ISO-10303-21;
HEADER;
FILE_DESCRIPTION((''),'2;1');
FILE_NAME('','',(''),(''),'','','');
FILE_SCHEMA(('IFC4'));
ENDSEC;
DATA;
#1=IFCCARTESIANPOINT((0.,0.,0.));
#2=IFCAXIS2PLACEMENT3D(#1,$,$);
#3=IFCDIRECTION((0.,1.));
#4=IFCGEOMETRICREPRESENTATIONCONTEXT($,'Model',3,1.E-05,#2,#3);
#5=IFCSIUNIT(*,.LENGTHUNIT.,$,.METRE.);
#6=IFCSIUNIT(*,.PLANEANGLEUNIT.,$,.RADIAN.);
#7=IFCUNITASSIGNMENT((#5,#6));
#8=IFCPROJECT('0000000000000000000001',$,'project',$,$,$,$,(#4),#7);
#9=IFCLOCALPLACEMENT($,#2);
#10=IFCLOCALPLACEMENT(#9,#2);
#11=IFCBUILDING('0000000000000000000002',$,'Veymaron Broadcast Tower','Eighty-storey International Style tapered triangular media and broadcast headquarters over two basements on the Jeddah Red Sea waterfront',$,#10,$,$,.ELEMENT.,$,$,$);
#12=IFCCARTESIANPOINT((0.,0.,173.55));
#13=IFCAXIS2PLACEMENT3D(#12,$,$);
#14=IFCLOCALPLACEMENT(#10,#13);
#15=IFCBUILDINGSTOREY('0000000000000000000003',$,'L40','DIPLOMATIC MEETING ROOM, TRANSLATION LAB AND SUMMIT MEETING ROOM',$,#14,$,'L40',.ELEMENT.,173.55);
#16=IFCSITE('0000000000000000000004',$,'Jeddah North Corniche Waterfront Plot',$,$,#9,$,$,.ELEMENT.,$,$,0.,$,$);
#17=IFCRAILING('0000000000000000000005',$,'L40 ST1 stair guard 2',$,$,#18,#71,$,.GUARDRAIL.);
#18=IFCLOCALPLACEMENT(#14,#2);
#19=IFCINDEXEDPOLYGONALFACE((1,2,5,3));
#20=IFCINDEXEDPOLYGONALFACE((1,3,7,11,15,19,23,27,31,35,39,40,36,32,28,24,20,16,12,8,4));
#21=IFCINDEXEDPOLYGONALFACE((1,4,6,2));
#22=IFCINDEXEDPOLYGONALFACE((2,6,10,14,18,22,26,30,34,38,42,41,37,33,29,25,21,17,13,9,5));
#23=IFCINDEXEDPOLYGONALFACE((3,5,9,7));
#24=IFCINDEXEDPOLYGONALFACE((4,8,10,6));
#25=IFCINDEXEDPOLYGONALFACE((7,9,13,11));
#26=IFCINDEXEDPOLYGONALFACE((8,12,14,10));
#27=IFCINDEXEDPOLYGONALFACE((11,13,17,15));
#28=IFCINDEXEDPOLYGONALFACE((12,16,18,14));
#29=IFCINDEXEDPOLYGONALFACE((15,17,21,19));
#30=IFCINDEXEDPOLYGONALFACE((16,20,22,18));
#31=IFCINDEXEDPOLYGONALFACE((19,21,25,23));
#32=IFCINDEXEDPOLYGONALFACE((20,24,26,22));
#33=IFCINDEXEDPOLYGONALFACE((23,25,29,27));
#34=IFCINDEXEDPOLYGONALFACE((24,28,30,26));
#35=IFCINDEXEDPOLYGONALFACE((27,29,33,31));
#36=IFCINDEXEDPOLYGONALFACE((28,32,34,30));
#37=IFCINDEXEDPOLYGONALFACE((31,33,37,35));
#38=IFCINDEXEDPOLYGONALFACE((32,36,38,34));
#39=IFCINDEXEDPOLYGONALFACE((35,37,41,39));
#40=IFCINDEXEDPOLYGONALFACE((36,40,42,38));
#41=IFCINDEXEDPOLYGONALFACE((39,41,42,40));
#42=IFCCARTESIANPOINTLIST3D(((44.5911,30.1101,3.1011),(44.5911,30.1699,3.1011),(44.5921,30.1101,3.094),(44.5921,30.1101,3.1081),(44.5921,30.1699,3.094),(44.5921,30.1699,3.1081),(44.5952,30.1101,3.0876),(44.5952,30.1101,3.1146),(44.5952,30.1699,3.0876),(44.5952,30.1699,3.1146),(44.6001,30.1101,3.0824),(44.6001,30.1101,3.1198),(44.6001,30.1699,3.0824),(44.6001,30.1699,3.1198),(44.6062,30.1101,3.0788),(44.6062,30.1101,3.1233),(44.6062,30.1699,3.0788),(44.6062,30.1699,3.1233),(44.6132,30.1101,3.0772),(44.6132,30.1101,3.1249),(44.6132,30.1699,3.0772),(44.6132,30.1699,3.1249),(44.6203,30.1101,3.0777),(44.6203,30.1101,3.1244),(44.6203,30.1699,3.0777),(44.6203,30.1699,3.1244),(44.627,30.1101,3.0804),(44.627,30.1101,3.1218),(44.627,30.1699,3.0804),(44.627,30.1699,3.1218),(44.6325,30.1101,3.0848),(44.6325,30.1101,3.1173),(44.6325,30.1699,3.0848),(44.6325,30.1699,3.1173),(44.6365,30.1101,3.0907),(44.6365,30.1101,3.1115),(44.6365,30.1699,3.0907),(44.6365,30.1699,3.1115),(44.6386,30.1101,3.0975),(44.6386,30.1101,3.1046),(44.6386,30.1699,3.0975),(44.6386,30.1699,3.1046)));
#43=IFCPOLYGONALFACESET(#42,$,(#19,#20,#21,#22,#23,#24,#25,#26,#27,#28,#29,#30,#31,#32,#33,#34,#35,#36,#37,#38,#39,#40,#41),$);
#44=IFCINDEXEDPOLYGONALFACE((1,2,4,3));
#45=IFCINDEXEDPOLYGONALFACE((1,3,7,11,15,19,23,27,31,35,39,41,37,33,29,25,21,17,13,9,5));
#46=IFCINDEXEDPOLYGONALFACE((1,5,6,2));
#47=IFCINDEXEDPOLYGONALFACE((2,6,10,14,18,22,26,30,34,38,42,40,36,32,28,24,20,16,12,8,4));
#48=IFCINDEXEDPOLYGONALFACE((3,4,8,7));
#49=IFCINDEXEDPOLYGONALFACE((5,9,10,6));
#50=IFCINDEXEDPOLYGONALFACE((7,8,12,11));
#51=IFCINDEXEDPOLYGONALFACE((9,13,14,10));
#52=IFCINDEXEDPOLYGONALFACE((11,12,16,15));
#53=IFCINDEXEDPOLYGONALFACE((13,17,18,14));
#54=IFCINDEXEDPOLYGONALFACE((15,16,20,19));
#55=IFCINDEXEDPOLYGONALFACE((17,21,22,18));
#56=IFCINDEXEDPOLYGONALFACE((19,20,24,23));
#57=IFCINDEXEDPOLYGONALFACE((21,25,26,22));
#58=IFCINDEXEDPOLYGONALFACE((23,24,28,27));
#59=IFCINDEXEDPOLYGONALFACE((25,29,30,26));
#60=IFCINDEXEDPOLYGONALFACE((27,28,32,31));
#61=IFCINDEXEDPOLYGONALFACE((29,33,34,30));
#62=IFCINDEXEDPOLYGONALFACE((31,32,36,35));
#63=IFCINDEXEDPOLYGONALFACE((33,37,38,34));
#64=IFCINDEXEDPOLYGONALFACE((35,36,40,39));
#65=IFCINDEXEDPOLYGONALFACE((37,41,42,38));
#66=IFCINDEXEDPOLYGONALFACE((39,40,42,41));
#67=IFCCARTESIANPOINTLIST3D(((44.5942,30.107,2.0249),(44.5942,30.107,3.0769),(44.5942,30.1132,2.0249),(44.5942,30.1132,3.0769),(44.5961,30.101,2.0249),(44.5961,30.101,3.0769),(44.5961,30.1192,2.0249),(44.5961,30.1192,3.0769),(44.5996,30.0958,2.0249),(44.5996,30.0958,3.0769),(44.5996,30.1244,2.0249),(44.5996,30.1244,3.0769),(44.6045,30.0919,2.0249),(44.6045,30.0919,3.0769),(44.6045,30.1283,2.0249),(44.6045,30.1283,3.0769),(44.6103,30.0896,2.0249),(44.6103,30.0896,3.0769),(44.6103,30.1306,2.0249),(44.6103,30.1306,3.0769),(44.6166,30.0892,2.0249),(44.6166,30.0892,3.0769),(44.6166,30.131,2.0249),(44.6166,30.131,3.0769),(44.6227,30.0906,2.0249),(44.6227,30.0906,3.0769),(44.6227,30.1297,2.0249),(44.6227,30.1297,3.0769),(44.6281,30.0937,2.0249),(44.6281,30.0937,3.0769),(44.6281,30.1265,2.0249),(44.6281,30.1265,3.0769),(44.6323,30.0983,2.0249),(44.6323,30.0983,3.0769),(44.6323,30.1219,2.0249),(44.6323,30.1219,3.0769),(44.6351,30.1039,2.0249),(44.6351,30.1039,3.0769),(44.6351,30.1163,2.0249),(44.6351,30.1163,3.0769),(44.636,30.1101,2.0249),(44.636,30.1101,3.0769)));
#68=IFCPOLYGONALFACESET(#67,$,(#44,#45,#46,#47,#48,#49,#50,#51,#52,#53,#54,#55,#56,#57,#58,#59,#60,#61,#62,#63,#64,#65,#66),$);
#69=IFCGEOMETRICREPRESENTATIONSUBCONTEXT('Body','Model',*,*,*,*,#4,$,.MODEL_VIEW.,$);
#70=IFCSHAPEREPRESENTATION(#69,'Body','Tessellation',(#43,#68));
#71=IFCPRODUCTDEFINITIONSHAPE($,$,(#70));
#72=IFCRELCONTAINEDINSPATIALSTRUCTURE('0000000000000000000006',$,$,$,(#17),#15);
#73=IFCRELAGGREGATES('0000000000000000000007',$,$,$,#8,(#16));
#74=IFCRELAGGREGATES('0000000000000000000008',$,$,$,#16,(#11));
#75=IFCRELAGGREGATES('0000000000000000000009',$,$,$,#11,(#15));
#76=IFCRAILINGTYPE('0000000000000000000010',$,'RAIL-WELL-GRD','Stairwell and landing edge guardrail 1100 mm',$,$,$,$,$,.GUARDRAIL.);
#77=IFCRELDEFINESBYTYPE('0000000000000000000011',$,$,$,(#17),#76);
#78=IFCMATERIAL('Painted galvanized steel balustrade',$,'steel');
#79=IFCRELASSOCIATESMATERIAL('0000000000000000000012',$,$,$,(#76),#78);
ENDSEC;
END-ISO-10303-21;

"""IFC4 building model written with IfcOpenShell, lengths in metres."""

from ifc_helpers import new_model, si_unit, direction, frame, origin, origin_2d, place, context, subcontext, project, spatial, circle, extrude, material, type_object, element, save


model = new_model("IFC4")

# Units and contexts
model_context = context("Model", 3, precision=1e-05, world=origin(), true_north=direction((0.0, 1.0)))
body_context = subcontext(model_context, "Body", "Model", "MODEL_VIEW")
ifc_project = project(units=[si_unit("LENGTHUNIT", "METRE"), si_unit("PLANEANGLEUNIT", "RADIAN")], contexts=[model_context])

# Site, building, storey
site_placement = place(None, origin())
site = spatial("IfcSite", under=ifc_project, at=site_placement, Name="Jeddah North Corniche Waterfront Plot", CompositionType="ELEMENT", RefElevation=0.0)
building_placement = place(site_placement, origin())
building = spatial("IfcBuilding", under=site, at=building_placement, Name="Veymaron Broadcast Tower", Description="Eighty-storey International Style tapered triangular media and broadcast headquarters over two basements on the Jeddah Red Sea waterfront", CompositionType="ELEMENT")
storey_placement = place(building_placement, frame((0.0, 0.0, 173.55)))
storey = spatial("IfcBuildingStorey", under=building, at=storey_placement, Name="L40", Description="DIPLOMATIC MEETING ROOM, TRANSLATION LAB AND SUMMIT MEETING ROOM", LongName="L40", CompositionType="ELEMENT", Elevation=173.55)

# Railing
ifc_material_1 = material(Name="Painted galvanized steel balustrade", Category="steel")
railing_type_1 = type_object("IfcRailingType", Name="RAIL-WELL-GRD", Description="Stairwell and landing edge guardrail 1100 mm", PredefinedType="GUARDRAIL", material=ifc_material_1)
railing_1_placement = place(storey_placement, frame((44.615, 30.1101, 2.0249)))
element("IfcRailing", 1, at=railing_1_placement, inside=storey, type_object=railing_type_1, Name="L40 ST1 stair guard 2", PredefinedType="GUARDRAIL", context=body_context, shape_type="SweptSolid", body=[
    extrude(circle(Radius=0.0239, at=origin_2d()), frame((0.0, 0.0, 1.0762), z_axis=(0.0, 1.0, 0.0), x_axis=(-1.0, 0.0, 0.0)), (0.0, 0.0, 1.0), 0.0598),
    extrude(circle(Radius=0.021, at=origin_2d()), origin(), (0.0, 0.0, 1.0), 1.052),
])

save(model, "model.ifc")
